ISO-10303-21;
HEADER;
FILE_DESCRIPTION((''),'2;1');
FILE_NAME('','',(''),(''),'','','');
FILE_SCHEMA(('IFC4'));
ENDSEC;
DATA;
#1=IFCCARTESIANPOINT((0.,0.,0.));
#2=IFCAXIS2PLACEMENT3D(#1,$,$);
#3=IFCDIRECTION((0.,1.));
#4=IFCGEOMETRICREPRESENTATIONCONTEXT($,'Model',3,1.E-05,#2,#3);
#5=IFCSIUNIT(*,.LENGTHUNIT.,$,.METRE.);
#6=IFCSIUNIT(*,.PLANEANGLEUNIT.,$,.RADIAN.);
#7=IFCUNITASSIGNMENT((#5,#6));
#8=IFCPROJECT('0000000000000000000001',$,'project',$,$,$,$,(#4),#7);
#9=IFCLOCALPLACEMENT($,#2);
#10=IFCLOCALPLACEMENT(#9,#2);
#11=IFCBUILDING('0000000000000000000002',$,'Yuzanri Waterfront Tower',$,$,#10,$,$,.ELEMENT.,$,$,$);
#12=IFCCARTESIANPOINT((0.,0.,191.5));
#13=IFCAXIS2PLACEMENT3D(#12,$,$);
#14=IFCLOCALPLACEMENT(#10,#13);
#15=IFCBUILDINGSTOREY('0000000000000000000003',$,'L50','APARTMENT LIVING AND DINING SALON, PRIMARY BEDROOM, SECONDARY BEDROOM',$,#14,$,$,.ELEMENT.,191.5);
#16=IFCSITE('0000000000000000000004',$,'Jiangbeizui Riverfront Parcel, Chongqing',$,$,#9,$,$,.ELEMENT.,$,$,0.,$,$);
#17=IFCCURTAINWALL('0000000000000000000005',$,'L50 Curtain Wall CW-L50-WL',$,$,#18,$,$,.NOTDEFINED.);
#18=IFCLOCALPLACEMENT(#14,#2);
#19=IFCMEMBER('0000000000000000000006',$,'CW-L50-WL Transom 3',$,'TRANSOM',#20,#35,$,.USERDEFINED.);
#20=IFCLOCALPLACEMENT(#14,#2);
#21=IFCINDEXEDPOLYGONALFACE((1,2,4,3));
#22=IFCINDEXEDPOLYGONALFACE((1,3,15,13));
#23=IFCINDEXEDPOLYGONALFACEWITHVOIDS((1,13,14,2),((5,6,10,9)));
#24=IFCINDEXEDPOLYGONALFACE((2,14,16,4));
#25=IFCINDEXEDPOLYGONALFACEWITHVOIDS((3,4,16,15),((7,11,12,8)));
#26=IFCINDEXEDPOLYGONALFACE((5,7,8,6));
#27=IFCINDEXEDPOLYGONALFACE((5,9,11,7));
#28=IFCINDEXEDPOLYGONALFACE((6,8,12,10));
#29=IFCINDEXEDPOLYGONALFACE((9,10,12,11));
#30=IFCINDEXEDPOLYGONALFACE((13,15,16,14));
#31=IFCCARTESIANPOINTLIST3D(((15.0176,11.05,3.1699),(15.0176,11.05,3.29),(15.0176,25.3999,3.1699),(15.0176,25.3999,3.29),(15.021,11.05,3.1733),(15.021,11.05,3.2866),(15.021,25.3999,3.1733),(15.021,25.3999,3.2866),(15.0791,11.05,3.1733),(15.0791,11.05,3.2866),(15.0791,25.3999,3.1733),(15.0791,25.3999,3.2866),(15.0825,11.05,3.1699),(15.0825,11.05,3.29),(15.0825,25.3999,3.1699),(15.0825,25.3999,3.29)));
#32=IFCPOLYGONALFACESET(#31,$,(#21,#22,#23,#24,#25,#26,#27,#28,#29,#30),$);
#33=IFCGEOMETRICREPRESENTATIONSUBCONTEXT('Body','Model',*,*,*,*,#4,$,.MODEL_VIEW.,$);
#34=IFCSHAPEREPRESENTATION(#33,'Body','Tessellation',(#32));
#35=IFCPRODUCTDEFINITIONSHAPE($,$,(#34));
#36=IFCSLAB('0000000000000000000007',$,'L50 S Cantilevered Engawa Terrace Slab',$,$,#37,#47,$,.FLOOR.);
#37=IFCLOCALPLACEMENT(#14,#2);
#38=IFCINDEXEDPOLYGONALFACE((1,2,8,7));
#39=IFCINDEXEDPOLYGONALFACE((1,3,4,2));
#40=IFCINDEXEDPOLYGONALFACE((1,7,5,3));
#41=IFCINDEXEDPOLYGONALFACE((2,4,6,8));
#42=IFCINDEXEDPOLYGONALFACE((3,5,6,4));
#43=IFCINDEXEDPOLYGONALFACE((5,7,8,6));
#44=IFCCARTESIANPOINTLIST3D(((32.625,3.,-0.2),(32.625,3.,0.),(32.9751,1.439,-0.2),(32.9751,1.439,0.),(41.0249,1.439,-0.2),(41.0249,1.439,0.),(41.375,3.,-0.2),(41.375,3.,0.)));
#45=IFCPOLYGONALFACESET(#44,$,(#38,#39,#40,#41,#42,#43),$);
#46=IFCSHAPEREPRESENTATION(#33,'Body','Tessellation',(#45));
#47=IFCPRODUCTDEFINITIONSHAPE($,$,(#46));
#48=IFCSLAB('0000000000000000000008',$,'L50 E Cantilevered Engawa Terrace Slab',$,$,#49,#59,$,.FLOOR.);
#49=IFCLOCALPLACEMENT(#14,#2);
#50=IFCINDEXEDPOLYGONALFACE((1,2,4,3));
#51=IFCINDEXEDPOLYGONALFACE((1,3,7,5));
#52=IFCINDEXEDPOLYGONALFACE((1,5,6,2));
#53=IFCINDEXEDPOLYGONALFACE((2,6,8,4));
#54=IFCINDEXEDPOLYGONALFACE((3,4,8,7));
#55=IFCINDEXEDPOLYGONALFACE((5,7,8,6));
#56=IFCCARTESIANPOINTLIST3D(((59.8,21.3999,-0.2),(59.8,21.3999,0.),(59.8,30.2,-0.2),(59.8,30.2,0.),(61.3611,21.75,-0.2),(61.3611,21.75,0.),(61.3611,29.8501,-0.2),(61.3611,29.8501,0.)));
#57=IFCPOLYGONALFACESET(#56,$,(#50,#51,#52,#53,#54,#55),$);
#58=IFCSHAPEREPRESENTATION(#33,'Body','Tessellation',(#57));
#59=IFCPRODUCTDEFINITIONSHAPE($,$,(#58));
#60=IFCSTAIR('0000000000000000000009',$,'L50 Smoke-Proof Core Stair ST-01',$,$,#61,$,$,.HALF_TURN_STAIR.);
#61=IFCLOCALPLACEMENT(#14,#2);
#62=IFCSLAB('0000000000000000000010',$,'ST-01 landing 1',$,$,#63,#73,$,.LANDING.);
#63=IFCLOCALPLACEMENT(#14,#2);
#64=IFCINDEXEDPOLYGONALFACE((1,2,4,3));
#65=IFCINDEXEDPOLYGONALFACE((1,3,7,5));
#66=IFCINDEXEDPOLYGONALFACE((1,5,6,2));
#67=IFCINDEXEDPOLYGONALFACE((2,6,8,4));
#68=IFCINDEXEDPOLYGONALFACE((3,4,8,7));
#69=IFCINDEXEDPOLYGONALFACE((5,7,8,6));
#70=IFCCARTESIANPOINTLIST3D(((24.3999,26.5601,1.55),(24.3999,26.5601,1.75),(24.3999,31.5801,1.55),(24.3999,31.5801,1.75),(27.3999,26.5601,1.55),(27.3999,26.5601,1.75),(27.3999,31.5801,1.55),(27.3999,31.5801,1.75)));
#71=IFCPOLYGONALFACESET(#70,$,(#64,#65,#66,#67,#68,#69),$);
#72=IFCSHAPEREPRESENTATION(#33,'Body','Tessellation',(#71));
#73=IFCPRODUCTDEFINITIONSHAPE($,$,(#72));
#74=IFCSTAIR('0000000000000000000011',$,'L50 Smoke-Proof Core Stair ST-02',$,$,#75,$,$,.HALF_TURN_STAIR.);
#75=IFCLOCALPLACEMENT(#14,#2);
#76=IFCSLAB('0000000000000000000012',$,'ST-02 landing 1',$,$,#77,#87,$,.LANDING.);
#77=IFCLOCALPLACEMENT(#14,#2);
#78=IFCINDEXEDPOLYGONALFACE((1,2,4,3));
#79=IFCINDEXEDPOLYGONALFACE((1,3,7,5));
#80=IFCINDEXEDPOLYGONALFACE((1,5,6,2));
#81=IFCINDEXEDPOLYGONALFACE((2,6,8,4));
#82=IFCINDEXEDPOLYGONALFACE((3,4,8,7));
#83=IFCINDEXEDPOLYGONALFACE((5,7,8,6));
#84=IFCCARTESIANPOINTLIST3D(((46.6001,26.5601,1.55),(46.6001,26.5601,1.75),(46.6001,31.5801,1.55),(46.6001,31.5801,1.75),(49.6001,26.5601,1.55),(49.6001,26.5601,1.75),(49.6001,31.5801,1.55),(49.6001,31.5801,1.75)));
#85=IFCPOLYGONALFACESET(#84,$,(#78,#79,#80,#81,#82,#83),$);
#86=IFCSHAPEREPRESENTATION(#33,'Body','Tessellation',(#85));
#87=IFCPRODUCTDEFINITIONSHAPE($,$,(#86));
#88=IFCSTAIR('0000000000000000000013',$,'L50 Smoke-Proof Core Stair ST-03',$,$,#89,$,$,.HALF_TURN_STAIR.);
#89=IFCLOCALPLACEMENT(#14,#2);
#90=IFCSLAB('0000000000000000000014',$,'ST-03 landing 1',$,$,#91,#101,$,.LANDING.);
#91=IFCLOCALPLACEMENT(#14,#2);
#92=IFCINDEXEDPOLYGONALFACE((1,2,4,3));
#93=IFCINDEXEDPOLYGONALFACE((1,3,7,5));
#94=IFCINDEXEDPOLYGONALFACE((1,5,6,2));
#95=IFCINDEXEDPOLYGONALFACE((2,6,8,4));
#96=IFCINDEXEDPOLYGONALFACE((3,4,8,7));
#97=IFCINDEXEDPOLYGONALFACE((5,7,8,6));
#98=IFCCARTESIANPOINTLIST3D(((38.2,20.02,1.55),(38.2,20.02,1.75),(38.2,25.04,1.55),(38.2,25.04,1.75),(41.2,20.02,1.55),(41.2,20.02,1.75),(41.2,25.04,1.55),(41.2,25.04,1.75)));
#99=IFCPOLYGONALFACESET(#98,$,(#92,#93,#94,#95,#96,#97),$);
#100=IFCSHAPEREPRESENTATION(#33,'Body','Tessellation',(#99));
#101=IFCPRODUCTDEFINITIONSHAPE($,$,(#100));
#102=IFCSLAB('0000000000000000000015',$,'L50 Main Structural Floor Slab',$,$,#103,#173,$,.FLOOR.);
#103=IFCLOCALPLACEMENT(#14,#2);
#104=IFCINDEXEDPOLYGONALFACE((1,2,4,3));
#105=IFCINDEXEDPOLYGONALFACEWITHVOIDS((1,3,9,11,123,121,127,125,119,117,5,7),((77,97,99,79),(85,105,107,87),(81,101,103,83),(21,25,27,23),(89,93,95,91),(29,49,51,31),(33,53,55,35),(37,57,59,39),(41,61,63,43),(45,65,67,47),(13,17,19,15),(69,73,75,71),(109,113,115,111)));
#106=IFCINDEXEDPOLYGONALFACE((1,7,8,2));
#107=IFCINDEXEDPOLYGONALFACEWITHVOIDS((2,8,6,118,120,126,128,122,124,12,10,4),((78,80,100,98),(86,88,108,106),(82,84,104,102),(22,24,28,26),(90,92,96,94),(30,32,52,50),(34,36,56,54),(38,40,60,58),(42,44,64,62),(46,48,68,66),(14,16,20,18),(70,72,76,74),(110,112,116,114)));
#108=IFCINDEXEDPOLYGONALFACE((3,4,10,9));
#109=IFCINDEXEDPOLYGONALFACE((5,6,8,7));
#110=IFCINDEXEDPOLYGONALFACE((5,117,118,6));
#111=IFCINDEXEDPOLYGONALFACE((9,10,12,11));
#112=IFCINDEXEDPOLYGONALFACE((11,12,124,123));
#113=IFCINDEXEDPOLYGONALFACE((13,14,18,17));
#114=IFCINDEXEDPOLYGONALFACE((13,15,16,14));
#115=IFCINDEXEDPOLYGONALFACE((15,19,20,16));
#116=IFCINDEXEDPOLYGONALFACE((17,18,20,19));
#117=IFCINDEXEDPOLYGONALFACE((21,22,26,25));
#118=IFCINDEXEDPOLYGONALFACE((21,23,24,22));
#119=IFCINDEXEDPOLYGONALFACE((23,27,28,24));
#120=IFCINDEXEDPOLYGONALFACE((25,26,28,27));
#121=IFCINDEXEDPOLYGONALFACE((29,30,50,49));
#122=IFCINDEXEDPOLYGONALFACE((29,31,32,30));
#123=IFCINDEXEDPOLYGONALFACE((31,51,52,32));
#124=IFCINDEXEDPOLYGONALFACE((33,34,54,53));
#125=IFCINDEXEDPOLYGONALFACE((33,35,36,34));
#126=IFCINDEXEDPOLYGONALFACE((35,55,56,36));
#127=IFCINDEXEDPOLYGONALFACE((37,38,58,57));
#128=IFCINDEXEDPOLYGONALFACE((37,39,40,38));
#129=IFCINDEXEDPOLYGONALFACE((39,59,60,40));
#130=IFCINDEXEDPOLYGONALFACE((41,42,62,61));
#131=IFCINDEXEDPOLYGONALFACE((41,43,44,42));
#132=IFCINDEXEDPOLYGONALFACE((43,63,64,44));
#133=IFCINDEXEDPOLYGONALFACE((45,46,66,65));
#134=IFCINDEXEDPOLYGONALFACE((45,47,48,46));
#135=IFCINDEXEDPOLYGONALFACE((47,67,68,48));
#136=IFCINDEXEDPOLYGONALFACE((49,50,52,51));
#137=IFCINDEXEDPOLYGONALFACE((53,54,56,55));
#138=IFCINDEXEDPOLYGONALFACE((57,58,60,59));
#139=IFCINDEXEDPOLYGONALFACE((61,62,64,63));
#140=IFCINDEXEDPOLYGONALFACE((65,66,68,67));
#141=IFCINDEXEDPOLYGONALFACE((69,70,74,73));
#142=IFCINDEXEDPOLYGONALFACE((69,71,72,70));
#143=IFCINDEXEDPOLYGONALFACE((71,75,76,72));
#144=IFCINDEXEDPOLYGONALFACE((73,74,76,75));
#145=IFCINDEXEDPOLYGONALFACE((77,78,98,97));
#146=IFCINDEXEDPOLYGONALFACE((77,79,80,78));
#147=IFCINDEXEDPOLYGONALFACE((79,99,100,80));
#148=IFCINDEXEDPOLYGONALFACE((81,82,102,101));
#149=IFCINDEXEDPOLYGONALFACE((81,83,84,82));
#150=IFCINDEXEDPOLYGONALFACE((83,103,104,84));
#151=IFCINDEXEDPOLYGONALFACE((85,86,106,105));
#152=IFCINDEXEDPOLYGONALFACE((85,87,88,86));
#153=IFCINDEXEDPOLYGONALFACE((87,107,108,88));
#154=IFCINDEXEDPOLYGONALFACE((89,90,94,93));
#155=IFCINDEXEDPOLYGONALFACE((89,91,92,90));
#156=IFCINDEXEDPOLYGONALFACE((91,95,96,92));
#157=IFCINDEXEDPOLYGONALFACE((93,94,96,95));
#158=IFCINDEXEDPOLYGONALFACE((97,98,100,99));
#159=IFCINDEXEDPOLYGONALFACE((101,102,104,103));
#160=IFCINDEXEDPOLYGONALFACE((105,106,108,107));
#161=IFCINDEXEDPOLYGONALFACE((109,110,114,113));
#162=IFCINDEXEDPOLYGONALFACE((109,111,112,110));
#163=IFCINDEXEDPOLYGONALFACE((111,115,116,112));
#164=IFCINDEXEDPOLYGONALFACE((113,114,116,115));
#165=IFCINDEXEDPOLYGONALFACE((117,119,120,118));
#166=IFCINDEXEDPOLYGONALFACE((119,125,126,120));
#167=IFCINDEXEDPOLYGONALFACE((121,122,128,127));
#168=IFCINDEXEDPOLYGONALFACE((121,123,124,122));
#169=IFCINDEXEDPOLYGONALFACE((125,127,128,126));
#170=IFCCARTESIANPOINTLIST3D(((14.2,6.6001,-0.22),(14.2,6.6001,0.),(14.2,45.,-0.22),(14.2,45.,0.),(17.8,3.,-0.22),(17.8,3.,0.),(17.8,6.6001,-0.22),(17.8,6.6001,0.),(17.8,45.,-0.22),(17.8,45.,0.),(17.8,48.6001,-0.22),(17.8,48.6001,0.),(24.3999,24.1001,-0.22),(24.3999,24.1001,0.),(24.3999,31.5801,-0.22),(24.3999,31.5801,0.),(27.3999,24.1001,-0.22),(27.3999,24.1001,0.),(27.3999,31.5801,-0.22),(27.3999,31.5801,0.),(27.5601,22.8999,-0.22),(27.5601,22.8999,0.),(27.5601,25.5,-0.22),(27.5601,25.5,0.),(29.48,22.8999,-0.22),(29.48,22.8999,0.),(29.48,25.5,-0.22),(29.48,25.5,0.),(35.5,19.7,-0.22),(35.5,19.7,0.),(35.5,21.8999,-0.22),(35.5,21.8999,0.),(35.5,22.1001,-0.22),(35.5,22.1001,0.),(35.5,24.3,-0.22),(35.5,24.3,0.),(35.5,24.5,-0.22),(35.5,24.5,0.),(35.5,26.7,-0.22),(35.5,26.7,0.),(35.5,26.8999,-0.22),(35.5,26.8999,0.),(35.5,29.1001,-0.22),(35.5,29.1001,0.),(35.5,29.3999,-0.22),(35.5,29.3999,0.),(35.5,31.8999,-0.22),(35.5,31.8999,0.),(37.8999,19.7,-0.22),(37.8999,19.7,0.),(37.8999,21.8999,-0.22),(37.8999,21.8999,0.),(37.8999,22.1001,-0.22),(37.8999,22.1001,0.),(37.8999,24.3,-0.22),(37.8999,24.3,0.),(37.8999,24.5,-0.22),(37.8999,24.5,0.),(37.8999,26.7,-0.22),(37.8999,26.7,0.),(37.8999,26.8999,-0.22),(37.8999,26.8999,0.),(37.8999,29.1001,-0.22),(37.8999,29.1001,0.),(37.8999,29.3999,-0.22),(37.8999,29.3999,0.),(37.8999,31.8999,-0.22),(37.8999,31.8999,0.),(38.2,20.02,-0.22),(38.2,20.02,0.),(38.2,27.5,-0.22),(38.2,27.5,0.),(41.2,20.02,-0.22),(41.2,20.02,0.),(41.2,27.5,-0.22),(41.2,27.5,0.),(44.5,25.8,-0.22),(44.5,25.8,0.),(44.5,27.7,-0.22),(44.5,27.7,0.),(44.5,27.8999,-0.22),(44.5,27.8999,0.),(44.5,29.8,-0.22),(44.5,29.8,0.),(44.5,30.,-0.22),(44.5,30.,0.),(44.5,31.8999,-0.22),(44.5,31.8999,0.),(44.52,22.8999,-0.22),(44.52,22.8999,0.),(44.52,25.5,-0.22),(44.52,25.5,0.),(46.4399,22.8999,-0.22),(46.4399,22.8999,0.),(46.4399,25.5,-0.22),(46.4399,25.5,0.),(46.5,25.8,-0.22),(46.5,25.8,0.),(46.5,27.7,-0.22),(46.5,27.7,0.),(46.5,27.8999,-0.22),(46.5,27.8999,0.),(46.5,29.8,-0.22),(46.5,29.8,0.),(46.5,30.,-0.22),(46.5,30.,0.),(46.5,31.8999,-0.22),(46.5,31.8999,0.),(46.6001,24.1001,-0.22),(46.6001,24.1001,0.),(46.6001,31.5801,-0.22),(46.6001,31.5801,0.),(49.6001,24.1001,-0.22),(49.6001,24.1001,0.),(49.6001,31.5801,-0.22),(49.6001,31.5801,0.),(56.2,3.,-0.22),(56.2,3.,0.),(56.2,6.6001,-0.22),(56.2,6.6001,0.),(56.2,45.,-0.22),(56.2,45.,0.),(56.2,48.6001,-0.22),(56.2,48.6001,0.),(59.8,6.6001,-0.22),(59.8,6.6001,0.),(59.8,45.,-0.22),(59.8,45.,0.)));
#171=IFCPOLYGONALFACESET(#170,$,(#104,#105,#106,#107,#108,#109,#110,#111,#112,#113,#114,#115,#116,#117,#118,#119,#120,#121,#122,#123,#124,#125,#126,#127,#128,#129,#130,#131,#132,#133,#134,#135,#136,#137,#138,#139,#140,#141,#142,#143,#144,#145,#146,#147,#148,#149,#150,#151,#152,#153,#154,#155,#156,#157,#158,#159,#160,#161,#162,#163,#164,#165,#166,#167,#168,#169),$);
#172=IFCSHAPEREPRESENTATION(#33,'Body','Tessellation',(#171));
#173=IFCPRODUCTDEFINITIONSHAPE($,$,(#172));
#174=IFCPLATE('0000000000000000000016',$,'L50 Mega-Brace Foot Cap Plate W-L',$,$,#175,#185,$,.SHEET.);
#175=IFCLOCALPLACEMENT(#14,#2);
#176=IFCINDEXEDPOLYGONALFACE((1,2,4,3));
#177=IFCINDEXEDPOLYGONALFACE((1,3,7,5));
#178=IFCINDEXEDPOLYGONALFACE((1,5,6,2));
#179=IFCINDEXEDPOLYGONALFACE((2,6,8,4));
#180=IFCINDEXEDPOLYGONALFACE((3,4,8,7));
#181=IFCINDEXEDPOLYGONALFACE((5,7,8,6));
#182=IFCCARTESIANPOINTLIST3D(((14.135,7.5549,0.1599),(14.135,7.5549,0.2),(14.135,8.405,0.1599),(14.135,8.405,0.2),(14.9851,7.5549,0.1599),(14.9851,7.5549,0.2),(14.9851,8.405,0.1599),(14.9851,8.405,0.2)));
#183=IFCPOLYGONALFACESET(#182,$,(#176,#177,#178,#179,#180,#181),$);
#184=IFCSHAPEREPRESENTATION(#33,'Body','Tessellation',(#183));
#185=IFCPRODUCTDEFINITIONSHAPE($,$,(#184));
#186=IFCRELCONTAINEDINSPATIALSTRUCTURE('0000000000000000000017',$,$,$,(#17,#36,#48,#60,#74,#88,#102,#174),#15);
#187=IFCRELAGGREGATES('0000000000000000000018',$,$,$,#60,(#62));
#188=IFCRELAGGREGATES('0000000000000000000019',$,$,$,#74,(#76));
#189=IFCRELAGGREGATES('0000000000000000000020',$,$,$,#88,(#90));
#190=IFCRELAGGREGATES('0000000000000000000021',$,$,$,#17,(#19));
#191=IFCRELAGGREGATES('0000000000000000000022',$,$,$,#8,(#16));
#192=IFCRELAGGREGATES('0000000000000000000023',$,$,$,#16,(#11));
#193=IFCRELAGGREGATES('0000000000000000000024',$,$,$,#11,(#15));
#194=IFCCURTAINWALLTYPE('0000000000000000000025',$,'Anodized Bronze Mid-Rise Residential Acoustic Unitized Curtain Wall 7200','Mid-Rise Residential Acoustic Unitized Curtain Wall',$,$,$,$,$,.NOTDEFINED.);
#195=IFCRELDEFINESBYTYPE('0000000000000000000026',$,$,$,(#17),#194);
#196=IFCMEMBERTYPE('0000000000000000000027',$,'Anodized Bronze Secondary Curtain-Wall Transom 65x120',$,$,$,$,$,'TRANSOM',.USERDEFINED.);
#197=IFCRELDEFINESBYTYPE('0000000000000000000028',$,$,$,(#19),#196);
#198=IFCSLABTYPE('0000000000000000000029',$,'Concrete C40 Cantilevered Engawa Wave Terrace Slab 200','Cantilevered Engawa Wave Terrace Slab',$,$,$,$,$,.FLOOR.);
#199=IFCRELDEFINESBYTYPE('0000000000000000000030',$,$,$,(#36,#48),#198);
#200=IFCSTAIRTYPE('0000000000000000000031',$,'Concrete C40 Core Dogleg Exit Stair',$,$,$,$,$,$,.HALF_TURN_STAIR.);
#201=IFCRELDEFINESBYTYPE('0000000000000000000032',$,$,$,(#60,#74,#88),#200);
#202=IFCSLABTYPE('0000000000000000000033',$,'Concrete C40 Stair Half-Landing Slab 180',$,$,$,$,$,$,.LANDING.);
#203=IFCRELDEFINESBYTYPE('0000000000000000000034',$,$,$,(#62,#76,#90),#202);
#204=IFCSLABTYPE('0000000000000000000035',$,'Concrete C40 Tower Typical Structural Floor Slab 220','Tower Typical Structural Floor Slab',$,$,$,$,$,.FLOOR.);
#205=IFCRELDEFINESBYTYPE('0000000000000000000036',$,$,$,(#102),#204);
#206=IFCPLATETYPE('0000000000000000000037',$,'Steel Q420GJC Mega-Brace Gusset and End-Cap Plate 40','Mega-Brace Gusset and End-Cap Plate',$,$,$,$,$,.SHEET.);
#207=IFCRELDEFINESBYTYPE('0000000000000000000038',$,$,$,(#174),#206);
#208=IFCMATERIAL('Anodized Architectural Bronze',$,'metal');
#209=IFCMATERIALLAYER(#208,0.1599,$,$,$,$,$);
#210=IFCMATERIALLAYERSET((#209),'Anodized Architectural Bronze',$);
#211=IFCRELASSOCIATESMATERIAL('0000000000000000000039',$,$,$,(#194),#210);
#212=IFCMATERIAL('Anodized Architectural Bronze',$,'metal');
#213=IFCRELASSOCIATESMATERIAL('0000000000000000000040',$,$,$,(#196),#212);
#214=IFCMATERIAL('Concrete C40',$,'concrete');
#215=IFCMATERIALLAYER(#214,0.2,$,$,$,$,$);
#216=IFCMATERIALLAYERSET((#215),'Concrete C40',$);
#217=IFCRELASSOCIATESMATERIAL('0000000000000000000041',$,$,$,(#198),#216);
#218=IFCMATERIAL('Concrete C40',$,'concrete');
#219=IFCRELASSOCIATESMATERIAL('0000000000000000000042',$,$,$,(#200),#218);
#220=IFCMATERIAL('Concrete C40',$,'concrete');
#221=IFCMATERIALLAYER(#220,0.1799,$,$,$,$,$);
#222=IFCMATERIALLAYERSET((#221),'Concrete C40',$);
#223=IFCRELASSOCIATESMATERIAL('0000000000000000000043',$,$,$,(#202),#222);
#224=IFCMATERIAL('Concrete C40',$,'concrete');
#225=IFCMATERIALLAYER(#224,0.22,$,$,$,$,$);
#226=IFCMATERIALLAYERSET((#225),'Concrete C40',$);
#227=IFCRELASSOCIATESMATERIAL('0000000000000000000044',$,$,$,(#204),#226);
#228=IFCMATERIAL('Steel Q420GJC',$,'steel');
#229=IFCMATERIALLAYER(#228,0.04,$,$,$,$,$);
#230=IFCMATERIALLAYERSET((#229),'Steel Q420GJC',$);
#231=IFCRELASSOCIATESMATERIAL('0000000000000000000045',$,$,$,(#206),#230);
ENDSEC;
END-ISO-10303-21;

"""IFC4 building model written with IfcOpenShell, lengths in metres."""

from ifc_helpers import new_model, si_unit, direction, frame, origin, origin_2d, place, context, subcontext, project, spatial, polyline, rectangle, hollow_rectangle, outline, extrude, source, transform, mapped, material, layer, layer_set, material_profile, profile_set, type_object, element, aggregate, save


model = new_model("IFC4")

# Units and contexts
model_context = context("Model", 3, precision=1e-05, world=origin(), true_north=direction((0.0, 1.0)))
body_context = subcontext(model_context, "Body", "Model", "MODEL_VIEW")
ifc_project = project(units=[si_unit("LENGTHUNIT", "METRE"), si_unit("PLANEANGLEUNIT", "RADIAN")], contexts=[model_context])

# Site, building, storey
site_placement = place(None, origin())
site = spatial("IfcSite", under=ifc_project, at=site_placement, Name="Jiangbeizui Riverfront Parcel, Chongqing", CompositionType="ELEMENT", RefElevation=0.0)
building_placement = place(site_placement, origin())
building = spatial("IfcBuilding", under=site, at=building_placement, Name="Yuzanri Waterfront Tower", CompositionType="ELEMENT")
storey_placement = place(building_placement, frame((0.0, 0.0, 191.5)))
storey = spatial("IfcBuildingStorey", under=building, at=storey_placement, Name="L50", Description="APARTMENT LIVING AND DINING SALON, PRIMARY BEDROOM, SECONDARY BEDROOM", CompositionType="ELEMENT", Elevation=191.5)

# Curtain wall, member
ifc_material_1 = material(Name="Anodized Architectural Bronze", Category="metal")
ifc_layer_1 = layer(ifc_material_1, 0.1599)
ifc_layer_set_1 = layer_set([ifc_layer_1], Name="Anodized Architectural Bronze")
curtain_wall_type = type_object("IfcCurtainWallType", Name="Anodized Bronze Mid-Rise Residential Acoustic Unitized Curtain Wall 7200", Description="Mid-Rise Residential Acoustic Unitized Curtain Wall", PredefinedType="NOTDEFINED", material=ifc_layer_set_1)
curtain_wall_placement = place(storey_placement, origin())
curtain_wall = element("IfcCurtainWall", 1, at=curtain_wall_placement, inside=storey, type_object=curtain_wall_type, Name="L50 Curtain Wall CW-L50-WL", PredefinedType="NOTDEFINED")
ifc_material_2 = material(Name="Anodized Architectural Bronze", Category="metal")
ifc_material_profile_1 = material_profile(ifc_material_2, hollow_rectangle(XDim=0.0649, YDim=0.1201, WallThickness=0.0034, at=origin_2d()), Name="CWT 65x120")
ifc_profile_set_1 = profile_set([ifc_material_profile_1], Name="Anodized Architectural Bronze")
member_type_1 = type_object("IfcMemberType", Name="Anodized Bronze Secondary Curtain-Wall Transom 65x120", ElementType="TRANSOM", PredefinedType="USERDEFINED", material=ifc_profile_set_1)
shared_shape_1 = source(origin(), body_context, "Body", "SweptSolid", [
    extrude(hollow_rectangle(XDim=0.0649, YDim=0.1201, WallThickness=0.0034, at=origin_2d()), origin(), (0.0, 0.0, 1.0), 14.3499),
])
member_1_placement = place(storey_placement, frame((15.05, 11.05, 3.23), z_axis=(0.0, 1.0, 0.0), x_axis=(-1.0, 0.0, 0.0)))
member_1 = element("IfcMember", 2, at=member_1_placement, type_object=member_type_1, Name="CW-L50-WL Transom 3", ObjectType="TRANSOM", PredefinedType="USERDEFINED", context=body_context, shape_type="MappedRepresentation", body=[
    mapped(shared_shape_1, transform((0.0, 0.0, 0.0), scale=1.0)),
])

# Slabs
ifc_material_3 = material(Name="Concrete C40", Category="concrete")
ifc_layer_2 = layer(ifc_material_3, 0.2)
ifc_layer_set_2 = layer_set([ifc_layer_2], Name="Concrete C40")
slab_type_1 = type_object("IfcSlabType", Name="Concrete C40 Cantilevered Engawa Wave Terrace Slab 200", Description="Cantilevered Engawa Wave Terrace Slab", PredefinedType="FLOOR", material=ifc_layer_set_2)
slab_1_placement = place(storey_placement, frame((0.0, 0.0, -0.2)))
element("IfcSlab", 3, at=slab_1_placement, inside=storey, type_object=slab_type_1, Name="L50 S Cantilevered Engawa Terrace Slab", PredefinedType="FLOOR", context=body_context, shape_type="SweptSolid", body=[
    extrude(outline(polyline([(32.625, 3.0), (41.375, 3.0), (41.0249, 1.439), (32.9751, 1.439), (32.625, 3.0)])), origin(), (0.0, 0.0, 1.0), 0.2),
])
slab_2_placement = place(storey_placement, frame((0.0, 0.0, -0.2)))
element("IfcSlab", 4, at=slab_2_placement, inside=storey, type_object=slab_type_1, Name="L50 E Cantilevered Engawa Terrace Slab", PredefinedType="FLOOR", context=body_context, shape_type="SweptSolid", body=[
    extrude(outline(polyline([(59.8, 21.3999), (61.3611, 21.75), (61.3611, 29.8501), (59.8, 30.2), (59.8, 21.3999)])), origin(), (0.0, 0.0, 1.0), 0.2),
])

# Stairs, slabs
ifc_material_4 = material(Name="Concrete C40", Category="concrete")
stair_type = type_object("IfcStairType", Name="Concrete C40 Core Dogleg Exit Stair", PredefinedType="HALF_TURN_STAIR", material=ifc_material_4)
stair_1_placement = place(storey_placement, origin())
stair_1 = element("IfcStair", 5, at=stair_1_placement, inside=storey, type_object=stair_type, Name="L50 Smoke-Proof Core Stair ST-01", PredefinedType="HALF_TURN_STAIR")
ifc_material_5 = material(Name="Concrete C40", Category="concrete")
ifc_layer_3 = layer(ifc_material_5, 0.1799)
ifc_layer_set_3 = layer_set([ifc_layer_3], Name="Concrete C40")
slab_type_2 = type_object("IfcSlabType", Name="Concrete C40 Stair Half-Landing Slab 180", PredefinedType="LANDING", material=ifc_layer_set_3)
slab_3_placement = place(storey_placement, frame((0.0, 0.0, 1.55)))
slab_3 = element("IfcSlab", 6, at=slab_3_placement, type_object=slab_type_2, Name="ST-01 landing 1", PredefinedType="LANDING", context=body_context, shape_type="SweptSolid", body=[
    extrude(outline(polyline([(27.3999, 26.5601), (27.3999, 31.5801), (24.3999, 31.5801), (24.3999, 26.5601), (27.3999, 26.5601)])), origin(), (0.0, 0.0, 1.0), 0.2),
])
aggregate(stair_1, [slab_3])
stair_2_placement = place(storey_placement, origin())
stair_2 = element("IfcStair", 7, at=stair_2_placement, inside=storey, type_object=stair_type, Name="L50 Smoke-Proof Core Stair ST-02", PredefinedType="HALF_TURN_STAIR")
slab_4_placement = place(storey_placement, frame((0.0, 0.0, 1.55)))
slab_4 = element("IfcSlab", 8, at=slab_4_placement, type_object=slab_type_2, Name="ST-02 landing 1", PredefinedType="LANDING", context=body_context, shape_type="SweptSolid", body=[
    extrude(outline(polyline([(49.6001, 26.5601), (49.6001, 31.5801), (46.6001, 31.5801), (46.6001, 26.5601), (49.6001, 26.5601)])), origin(), (0.0, 0.0, 1.0), 0.2),
])
aggregate(stair_2, [slab_4])
stair_3_placement = place(storey_placement, origin())
stair_3 = element("IfcStair", 9, at=stair_3_placement, inside=storey, type_object=stair_type, Name="L50 Smoke-Proof Core Stair ST-03", PredefinedType="HALF_TURN_STAIR")
slab_5_placement = place(storey_placement, frame((0.0, 0.0, 1.55)))
slab_5 = element("IfcSlab", 10, at=slab_5_placement, type_object=slab_type_2, Name="ST-03 landing 1", PredefinedType="LANDING", context=body_context, shape_type="SweptSolid", body=[
    extrude(outline(polyline([(38.2, 25.04), (38.2, 20.02), (41.2, 20.02), (41.2, 25.04), (38.2, 25.04)])), origin(), (0.0, 0.0, 1.0), 0.2),
])
aggregate(stair_3, [slab_5])

# Slab
ifc_material_6 = material(Name="Concrete C40", Category="concrete")
ifc_layer_4 = layer(ifc_material_6, 0.22)
ifc_layer_set_4 = layer_set([ifc_layer_4], Name="Concrete C40")
slab_type_3 = type_object("IfcSlabType", Name="Concrete C40 Tower Typical Structural Floor Slab 220", Description="Tower Typical Structural Floor Slab", PredefinedType="FLOOR", material=ifc_layer_set_4)
slab_6_placement = place(storey_placement, frame((0.0, 0.0, -0.22)))
element("IfcSlab", 11, at=slab_6_placement, inside=storey, type_object=slab_type_3, Name="L50 Main Structural Floor Slab", PredefinedType="FLOOR", context=body_context, shape_type="SweptSolid", body=[
    extrude(outline(polyline([(17.8, 3.0), (56.2, 3.0), (56.2, 6.6001), (59.8, 6.6001), (59.8, 45.0), (56.2, 45.0), (56.2, 48.6001), (17.8, 48.6001), (17.8, 45.0), (14.2, 45.0), (14.2, 6.6001), (17.8, 6.6001), (17.8, 3.0)]), holes=[polyline([(27.3999, 24.1001), (27.3999, 31.5801), (24.3999, 31.5801), (24.3999, 24.1001), (27.3999, 24.1001)]), polyline([(49.6001, 24.1001), (49.6001, 31.5801), (46.6001, 31.5801), (46.6001, 24.1001), (49.6001, 24.1001)]), polyline([(38.2, 27.5), (38.2, 20.02), (41.2, 20.02), (41.2, 27.5), (38.2, 27.5)]), polyline([(27.5601, 22.8999), (29.48, 22.8999), (29.48, 25.5), (27.5601, 25.5), (27.5601, 22.8999)]), polyline([(44.52, 22.8999), (46.4399, 22.8999), (46.4399, 25.5), (44.52, 25.5), (44.52, 22.8999)]), polyline([(35.5, 19.7), (37.8999, 19.7), (37.8999, 21.8999), (35.5, 21.8999), (35.5, 19.7)]), polyline([(35.5, 22.1001), (37.8999, 22.1001), (37.8999, 24.3), (35.5, 24.3), (35.5, 22.1001)]), polyline([(35.5, 24.5), (37.8999, 24.5), (37.8999, 26.7), (35.5, 26.7), (35.5, 24.5)]), polyline([(35.5, 26.8999), (37.8999, 26.8999), (37.8999, 29.1001), (35.5, 29.1001), (35.5, 26.8999)]), polyline([(35.5, 29.3999), (37.8999, 29.3999), (37.8999, 31.8999), (35.5, 31.8999), (35.5, 29.3999)]), polyline([(44.5, 25.8), (46.5, 25.8), (46.5, 27.7), (44.5, 27.7), (44.5, 25.8)]), polyline([(44.5, 27.8999), (46.5, 27.8999), (46.5, 29.8), (44.5, 29.8), (44.5, 27.8999)]), polyline([(44.5, 30.0), (46.5, 30.0), (46.5, 31.8999), (44.5, 31.8999), (44.5, 30.0)])]), origin(), (0.0, 0.0, 1.0), 0.22),
])

# Plate
ifc_material_7 = material(Name="Steel Q420GJC", Category="steel")
ifc_layer_5 = layer(ifc_material_7, 0.04)
ifc_layer_set_5 = layer_set([ifc_layer_5], Name="Steel Q420GJC")
plate_type_1 = type_object("IfcPlateType", Name="Steel Q420GJC Mega-Brace Gusset and End-Cap Plate 40", Description="Mega-Brace Gusset and End-Cap Plate", PredefinedType="SHEET", material=ifc_layer_set_5)
shared_shape_2 = source(origin(), body_context, "Body", "SweptSolid", [
    extrude(rectangle(XDim=0.8501, YDim=0.8501, at=origin_2d()), origin(), (0.0, 0.0, 1.0), 0.04),
])
plate_1_placement = place(storey_placement, frame((14.5601, 7.98, 0.1599), z_axis=(0.0, 0.0, 1.0), x_axis=(1.0, 0.0, 0.0)))
element("IfcPlate", 12, at=plate_1_placement, inside=storey, type_object=plate_type_1, Name="L50 Mega-Brace Foot Cap Plate W-L", PredefinedType="SHEET", context=body_context, shape_type="MappedRepresentation", body=[
    mapped(shared_shape_2, transform((0.0, 0.0, 0.0), scale=1.0)),
])
aggregate(curtain_wall, [member_1])

save(model, "model.ifc")
